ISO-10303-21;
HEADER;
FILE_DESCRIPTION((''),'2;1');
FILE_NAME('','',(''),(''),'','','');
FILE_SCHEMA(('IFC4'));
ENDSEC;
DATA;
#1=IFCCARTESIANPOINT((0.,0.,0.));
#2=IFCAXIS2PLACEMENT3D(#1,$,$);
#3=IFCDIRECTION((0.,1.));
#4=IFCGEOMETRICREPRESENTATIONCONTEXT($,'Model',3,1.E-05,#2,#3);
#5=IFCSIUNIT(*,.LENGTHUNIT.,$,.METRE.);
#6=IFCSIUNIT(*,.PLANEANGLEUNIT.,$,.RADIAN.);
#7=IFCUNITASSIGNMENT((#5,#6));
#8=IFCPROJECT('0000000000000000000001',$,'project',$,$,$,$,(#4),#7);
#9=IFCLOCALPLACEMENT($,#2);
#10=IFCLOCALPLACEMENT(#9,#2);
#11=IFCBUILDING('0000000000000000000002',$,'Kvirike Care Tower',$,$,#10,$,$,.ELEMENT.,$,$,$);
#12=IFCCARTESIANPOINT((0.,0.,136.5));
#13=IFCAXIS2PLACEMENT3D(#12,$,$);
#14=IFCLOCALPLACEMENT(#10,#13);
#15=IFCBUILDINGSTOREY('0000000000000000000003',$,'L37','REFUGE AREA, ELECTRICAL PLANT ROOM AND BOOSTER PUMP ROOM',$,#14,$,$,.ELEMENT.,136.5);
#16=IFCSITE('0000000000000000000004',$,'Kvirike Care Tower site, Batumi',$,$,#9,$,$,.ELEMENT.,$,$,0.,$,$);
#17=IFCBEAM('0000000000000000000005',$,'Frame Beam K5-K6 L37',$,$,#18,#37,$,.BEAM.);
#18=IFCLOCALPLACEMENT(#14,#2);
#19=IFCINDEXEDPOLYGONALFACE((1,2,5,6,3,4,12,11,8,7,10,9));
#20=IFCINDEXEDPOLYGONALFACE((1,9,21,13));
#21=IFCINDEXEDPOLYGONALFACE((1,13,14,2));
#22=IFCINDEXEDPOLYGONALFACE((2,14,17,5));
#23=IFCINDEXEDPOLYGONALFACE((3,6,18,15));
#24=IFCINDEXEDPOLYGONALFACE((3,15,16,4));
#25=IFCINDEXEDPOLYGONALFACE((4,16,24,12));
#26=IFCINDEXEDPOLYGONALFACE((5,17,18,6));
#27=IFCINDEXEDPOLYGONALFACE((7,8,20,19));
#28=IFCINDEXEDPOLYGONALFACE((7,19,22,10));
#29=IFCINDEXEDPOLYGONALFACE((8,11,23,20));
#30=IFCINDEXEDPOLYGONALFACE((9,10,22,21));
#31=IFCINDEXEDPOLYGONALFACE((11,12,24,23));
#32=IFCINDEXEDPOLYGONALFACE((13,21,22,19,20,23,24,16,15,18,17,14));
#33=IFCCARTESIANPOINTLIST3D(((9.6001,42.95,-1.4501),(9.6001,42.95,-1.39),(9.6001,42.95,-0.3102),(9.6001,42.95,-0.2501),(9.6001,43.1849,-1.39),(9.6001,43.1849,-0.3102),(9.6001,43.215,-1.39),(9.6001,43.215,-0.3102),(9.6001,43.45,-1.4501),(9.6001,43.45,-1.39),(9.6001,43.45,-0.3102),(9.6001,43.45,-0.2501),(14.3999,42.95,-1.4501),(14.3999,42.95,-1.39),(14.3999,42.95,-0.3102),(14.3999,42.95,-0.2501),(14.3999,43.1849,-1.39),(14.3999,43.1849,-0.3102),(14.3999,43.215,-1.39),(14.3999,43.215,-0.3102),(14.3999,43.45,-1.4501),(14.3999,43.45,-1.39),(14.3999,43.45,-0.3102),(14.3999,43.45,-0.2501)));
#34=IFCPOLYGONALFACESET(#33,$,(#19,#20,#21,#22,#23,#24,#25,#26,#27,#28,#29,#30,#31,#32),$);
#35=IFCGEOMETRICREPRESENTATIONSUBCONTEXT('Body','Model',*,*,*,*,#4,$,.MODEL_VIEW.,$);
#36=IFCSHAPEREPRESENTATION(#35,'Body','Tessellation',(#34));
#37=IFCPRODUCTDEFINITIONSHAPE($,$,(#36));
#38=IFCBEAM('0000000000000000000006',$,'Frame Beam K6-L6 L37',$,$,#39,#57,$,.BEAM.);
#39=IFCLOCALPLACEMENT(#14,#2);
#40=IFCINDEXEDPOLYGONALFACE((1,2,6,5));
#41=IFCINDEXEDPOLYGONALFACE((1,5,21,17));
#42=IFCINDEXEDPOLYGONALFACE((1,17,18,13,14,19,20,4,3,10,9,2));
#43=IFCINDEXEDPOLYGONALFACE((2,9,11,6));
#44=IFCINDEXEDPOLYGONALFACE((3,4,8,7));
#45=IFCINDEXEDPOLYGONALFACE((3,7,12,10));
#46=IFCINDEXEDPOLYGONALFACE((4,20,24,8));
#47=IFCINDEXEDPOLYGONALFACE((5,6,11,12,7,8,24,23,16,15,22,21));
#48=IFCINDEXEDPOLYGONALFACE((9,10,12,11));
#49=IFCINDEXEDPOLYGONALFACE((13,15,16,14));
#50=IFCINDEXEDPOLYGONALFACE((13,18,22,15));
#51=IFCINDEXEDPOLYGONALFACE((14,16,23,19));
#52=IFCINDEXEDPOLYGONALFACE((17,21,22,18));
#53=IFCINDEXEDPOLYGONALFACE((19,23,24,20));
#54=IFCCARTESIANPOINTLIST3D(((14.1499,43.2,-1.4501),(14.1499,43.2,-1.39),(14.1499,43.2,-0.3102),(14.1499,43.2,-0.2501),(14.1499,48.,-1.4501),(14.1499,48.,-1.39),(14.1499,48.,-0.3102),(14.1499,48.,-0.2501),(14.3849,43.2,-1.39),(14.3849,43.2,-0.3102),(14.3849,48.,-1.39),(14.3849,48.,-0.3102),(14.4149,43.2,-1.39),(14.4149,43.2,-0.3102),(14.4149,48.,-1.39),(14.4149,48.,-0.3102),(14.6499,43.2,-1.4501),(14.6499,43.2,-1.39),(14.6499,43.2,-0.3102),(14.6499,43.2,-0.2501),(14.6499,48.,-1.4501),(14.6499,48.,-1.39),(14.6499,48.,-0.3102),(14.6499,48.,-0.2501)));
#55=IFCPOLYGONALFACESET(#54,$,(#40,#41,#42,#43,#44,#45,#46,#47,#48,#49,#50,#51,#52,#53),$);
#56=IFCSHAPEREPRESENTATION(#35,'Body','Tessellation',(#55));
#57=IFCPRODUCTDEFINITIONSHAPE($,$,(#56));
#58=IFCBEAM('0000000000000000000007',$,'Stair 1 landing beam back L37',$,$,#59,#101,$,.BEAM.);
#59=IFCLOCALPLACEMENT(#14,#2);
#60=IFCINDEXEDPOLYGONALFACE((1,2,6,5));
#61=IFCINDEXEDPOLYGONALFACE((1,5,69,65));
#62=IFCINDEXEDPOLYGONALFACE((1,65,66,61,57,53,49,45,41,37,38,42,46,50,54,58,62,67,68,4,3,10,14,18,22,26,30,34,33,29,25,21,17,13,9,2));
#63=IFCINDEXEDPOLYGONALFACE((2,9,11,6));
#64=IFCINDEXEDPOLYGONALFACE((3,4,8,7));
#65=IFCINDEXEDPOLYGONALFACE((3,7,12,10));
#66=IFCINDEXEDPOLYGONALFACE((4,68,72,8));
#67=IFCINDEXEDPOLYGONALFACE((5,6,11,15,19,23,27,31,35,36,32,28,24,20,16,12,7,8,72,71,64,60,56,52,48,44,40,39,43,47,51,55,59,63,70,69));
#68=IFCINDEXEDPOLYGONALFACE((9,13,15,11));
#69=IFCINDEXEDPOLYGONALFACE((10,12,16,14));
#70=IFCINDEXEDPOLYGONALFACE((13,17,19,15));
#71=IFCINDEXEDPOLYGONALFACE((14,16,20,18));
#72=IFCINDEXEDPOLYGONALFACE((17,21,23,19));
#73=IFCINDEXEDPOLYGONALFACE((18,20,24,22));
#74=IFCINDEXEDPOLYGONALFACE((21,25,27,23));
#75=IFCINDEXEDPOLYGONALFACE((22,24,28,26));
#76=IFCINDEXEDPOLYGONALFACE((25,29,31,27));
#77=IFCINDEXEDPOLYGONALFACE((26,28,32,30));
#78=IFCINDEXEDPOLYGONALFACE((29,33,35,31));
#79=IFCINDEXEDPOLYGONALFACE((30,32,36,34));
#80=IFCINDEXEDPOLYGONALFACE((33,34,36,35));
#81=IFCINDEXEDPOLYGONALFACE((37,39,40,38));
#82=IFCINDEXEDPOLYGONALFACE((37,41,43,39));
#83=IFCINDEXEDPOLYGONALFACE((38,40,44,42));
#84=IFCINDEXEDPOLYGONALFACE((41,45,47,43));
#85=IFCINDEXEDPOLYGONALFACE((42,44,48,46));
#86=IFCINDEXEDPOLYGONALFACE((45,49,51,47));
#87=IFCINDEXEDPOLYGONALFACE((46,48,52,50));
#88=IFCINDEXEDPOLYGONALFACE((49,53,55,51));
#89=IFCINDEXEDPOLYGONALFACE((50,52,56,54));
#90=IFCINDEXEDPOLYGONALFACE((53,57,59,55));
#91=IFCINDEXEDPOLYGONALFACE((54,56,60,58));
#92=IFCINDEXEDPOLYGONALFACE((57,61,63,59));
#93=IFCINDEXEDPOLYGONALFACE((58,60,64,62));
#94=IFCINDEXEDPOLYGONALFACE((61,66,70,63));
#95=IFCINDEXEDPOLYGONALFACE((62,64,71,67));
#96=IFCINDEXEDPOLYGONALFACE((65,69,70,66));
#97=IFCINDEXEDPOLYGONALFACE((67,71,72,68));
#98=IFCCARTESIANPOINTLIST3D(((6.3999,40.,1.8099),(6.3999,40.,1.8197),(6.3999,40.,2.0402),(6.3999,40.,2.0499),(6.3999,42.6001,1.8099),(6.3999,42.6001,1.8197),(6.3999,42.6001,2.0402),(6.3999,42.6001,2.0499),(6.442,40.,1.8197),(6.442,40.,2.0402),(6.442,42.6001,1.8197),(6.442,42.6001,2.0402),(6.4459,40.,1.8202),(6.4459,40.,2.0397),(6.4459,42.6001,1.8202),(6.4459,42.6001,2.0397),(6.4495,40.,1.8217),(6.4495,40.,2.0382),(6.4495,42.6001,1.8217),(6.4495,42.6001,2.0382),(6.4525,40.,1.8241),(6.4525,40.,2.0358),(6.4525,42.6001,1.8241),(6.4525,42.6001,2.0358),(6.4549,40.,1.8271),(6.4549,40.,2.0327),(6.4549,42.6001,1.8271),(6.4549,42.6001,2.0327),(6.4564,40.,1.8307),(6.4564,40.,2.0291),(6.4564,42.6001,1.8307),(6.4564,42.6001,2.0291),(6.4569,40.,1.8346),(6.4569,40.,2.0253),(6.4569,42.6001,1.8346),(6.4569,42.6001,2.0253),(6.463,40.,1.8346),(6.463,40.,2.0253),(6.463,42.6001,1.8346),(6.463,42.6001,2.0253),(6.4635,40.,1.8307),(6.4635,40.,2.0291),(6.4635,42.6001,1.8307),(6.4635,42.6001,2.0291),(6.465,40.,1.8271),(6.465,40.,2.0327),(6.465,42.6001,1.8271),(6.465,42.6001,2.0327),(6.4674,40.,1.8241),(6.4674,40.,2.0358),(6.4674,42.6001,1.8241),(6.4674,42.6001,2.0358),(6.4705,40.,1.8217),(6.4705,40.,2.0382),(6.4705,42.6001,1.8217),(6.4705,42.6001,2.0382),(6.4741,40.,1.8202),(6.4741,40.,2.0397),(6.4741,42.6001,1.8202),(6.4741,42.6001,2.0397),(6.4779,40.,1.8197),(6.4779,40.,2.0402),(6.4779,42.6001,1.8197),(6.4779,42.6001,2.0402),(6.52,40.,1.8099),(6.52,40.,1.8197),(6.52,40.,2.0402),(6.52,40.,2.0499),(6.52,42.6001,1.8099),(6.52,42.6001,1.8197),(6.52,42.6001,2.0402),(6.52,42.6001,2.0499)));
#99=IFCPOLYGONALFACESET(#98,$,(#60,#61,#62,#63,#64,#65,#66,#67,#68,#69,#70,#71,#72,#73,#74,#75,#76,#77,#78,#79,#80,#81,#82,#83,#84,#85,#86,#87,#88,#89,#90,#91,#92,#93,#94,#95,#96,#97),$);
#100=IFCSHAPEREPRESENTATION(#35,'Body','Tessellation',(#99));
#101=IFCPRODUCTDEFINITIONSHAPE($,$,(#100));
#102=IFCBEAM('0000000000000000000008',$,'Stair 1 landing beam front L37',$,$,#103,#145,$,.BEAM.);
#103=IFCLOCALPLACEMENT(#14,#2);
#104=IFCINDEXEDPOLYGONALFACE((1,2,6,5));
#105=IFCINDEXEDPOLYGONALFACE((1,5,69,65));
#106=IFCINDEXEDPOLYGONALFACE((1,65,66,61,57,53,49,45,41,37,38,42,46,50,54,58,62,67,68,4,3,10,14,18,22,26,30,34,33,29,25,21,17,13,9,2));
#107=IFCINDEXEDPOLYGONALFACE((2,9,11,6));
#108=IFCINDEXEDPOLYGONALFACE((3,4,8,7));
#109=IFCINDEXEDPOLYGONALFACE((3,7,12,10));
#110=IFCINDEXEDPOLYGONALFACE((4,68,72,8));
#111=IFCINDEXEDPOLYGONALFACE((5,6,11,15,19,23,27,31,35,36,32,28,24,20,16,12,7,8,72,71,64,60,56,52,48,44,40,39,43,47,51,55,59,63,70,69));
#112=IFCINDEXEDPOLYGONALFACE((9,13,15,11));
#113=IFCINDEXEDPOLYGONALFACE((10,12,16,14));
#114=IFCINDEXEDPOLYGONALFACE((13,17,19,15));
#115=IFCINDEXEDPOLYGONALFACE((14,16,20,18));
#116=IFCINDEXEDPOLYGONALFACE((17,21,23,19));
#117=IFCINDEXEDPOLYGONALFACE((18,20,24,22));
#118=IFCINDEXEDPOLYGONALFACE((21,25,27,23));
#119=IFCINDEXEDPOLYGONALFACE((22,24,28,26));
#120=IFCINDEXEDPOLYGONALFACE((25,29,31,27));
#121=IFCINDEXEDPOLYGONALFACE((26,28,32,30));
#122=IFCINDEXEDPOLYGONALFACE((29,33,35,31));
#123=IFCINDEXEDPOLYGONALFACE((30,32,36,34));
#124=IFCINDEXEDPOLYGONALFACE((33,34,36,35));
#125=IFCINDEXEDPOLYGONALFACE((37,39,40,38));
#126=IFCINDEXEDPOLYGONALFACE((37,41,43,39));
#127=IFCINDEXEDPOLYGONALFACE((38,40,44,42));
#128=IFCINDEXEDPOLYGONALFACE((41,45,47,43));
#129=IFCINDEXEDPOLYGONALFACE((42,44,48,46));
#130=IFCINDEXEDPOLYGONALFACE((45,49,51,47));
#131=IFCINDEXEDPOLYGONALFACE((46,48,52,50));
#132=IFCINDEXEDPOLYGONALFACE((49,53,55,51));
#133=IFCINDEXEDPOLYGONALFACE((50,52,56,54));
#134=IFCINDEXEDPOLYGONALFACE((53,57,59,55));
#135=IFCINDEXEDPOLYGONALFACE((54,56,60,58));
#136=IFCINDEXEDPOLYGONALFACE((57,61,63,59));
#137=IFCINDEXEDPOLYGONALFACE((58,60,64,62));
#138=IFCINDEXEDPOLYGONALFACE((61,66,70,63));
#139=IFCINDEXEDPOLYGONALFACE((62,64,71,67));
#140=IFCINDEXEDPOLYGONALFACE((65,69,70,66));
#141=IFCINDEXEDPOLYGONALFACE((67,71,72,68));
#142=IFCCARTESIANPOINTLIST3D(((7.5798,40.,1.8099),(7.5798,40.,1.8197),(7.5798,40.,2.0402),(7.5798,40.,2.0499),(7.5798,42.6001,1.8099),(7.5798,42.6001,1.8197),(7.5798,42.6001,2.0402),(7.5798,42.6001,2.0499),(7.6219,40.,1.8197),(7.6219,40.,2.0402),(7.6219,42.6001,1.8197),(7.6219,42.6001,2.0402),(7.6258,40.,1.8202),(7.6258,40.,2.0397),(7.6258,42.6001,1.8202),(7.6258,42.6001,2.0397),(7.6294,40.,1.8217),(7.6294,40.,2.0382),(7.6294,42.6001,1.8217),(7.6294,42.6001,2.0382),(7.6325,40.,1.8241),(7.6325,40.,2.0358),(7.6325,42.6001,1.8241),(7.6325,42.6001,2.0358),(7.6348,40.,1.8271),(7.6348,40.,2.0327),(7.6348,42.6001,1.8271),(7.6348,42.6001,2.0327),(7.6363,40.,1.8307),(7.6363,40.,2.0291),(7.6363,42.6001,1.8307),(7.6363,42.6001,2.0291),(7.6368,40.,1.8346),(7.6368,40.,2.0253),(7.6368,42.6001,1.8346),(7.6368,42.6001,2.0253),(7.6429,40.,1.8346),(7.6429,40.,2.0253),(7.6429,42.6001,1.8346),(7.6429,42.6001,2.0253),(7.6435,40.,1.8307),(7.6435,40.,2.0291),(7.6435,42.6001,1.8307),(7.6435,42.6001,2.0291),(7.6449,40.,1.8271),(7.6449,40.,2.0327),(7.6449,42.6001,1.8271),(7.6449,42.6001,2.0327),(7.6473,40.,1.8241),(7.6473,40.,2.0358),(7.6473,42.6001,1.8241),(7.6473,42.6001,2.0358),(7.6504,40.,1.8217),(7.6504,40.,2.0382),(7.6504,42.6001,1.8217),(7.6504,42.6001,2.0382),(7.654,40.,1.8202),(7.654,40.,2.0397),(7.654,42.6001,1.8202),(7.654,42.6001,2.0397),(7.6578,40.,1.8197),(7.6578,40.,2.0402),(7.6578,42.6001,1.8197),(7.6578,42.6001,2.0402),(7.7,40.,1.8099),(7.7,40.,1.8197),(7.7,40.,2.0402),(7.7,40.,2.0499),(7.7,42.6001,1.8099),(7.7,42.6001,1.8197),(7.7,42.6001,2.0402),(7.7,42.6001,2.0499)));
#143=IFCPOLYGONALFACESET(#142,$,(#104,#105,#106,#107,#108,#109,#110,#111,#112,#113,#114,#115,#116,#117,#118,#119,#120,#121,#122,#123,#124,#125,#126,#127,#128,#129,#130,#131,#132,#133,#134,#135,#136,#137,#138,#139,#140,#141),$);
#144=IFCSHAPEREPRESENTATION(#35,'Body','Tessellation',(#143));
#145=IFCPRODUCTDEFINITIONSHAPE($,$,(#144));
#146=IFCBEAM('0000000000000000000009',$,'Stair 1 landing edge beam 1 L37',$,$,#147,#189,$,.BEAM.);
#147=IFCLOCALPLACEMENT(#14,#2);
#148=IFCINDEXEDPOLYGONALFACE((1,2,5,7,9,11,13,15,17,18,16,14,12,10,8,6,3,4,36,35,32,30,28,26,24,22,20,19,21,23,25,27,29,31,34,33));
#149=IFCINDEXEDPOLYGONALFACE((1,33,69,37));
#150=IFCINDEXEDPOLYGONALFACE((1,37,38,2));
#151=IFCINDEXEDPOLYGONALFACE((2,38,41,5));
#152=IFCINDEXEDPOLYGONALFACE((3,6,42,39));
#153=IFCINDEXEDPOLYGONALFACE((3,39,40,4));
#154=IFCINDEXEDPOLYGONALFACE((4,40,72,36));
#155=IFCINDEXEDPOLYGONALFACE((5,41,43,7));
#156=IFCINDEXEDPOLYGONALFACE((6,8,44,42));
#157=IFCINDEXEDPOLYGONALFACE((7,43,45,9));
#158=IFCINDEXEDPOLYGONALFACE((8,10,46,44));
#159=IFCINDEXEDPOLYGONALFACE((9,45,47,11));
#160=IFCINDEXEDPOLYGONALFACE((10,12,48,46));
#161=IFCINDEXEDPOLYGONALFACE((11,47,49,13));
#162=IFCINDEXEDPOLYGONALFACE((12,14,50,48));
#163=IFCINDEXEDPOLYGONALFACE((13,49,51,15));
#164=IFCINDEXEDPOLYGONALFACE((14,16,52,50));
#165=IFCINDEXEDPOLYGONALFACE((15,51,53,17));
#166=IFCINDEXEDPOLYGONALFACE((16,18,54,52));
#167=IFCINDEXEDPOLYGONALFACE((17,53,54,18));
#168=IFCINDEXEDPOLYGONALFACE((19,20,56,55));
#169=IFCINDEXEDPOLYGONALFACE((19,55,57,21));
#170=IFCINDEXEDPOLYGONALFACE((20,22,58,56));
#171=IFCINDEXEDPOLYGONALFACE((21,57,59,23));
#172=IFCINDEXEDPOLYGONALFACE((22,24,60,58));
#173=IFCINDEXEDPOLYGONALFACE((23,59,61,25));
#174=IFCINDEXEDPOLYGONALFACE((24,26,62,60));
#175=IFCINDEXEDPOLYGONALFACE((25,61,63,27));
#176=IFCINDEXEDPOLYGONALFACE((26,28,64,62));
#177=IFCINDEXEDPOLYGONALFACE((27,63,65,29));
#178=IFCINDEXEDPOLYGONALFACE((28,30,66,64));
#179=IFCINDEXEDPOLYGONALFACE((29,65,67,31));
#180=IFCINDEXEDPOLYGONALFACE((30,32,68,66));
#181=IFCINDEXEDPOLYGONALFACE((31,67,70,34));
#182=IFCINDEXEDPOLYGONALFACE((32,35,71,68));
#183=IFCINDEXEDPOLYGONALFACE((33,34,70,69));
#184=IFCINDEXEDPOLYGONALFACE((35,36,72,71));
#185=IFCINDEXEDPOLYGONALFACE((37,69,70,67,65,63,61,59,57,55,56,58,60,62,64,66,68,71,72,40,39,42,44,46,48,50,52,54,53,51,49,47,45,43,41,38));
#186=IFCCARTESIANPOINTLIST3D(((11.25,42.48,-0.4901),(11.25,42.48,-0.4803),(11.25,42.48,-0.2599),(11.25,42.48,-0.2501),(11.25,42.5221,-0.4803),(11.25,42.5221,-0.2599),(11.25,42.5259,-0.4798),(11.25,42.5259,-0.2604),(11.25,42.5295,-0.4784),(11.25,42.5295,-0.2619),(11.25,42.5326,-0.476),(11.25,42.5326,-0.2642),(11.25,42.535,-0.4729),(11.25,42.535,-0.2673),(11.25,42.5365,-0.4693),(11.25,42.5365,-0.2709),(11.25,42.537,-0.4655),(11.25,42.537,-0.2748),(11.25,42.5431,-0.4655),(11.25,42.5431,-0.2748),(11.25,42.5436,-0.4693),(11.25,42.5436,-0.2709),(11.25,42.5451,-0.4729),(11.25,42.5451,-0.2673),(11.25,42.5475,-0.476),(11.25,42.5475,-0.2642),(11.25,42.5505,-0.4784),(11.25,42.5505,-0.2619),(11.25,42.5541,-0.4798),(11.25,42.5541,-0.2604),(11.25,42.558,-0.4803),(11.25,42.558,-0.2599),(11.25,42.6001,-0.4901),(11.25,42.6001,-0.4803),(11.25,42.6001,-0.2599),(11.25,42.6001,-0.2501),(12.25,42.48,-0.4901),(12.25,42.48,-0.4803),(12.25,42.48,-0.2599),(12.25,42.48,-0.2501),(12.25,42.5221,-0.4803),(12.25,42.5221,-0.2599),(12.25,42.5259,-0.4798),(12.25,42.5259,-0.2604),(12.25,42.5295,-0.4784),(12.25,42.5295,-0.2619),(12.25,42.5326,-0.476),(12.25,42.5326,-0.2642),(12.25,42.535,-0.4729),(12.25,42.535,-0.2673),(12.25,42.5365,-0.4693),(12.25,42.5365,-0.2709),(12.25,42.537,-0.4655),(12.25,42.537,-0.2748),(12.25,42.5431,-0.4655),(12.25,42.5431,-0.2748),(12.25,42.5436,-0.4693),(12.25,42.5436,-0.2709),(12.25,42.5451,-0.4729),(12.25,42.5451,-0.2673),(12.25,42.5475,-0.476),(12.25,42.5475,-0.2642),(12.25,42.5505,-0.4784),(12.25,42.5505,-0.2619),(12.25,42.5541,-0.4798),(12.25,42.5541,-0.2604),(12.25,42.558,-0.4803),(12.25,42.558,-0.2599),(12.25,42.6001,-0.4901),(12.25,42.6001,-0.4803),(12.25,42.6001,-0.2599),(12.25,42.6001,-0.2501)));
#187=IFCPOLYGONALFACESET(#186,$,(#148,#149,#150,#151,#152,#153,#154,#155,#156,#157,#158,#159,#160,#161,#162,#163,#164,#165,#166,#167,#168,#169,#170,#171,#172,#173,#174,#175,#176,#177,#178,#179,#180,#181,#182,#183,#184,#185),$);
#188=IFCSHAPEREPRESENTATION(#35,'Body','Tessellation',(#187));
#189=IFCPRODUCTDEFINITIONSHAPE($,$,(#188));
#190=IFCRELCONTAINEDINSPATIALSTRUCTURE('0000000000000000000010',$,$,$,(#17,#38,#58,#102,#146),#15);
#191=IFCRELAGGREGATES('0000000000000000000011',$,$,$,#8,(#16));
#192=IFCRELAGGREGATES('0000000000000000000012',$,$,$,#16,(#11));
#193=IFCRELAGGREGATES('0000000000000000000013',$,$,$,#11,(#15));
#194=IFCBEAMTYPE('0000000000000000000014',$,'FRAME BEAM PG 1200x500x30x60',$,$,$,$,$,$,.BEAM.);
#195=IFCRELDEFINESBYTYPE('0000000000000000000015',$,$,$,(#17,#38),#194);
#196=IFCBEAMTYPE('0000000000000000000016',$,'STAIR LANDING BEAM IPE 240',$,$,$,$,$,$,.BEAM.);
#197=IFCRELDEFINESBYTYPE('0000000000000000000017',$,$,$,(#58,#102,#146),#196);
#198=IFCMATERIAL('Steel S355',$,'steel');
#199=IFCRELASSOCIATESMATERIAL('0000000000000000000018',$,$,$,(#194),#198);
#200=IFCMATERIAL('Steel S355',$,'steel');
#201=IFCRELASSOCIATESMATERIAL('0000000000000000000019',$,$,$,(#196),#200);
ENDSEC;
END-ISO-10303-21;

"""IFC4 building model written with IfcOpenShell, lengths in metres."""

from ifc_helpers import new_model, si_unit, direction, frame, origin, origin_2d, place, context, subcontext, project, spatial, i_section, extrude, material, material_profile, profile_set, type_object, element, save


model = new_model("IFC4")

# Units and contexts
model_context = context("Model", 3, precision=1e-05, world=origin(), true_north=direction((0.0, 1.0)))
body_context = subcontext(model_context, "Body", "Model", "MODEL_VIEW")
ifc_project = project(units=[si_unit("LENGTHUNIT", "METRE"), si_unit("PLANEANGLEUNIT", "RADIAN")], contexts=[model_context])

# Site, building, storey
site_placement = place(None, origin())
site = spatial("IfcSite", under=ifc_project, at=site_placement, Name="Kvirike Care Tower site, Batumi", CompositionType="ELEMENT", RefElevation=0.0)
building_placement = place(site_placement, origin())
building = spatial("IfcBuilding", under=site, at=building_placement, Name="Kvirike Care Tower", CompositionType="ELEMENT")
storey_placement = place(building_placement, frame((0.0, 0.0, 136.5)))
storey = spatial("IfcBuildingStorey", under=building, at=storey_placement, Name="L37", Description="REFUGE AREA, ELECTRICAL PLANT ROOM AND BOOSTER PUMP ROOM", CompositionType="ELEMENT", Elevation=136.5)

# Beams
ifc_material_1 = material(Name="Steel S355", Category="steel")
ifc_material_profile_1 = material_profile(ifc_material_1, i_section(OverallWidth=0.5, OverallDepth=1.2, WebThickness=0.03, FlangeThickness=0.0601, at=origin_2d()), Name="PG 1200x500x30x60")
ifc_profile_set_1 = profile_set([ifc_material_profile_1], Name="Steel S355")
beam_type_1 = type_object("IfcBeamType", Name="FRAME BEAM PG 1200x500x30x60", PredefinedType="BEAM", material=ifc_profile_set_1)
beam_1_placement = place(storey_placement, frame((9.6001, 43.2, -0.8501), z_axis=(1.0, 0.0, 0.0), x_axis=(0.0, 1.0, 0.0)))
element("IfcBeam", 1, at=beam_1_placement, inside=storey, type_object=beam_type_1, Name="Frame Beam K5-K6 L37", PredefinedType="BEAM", context=body_context, shape_type="SweptSolid", body=[
    extrude(i_section(OverallWidth=0.5, OverallDepth=1.2, WebThickness=0.03, FlangeThickness=0.0601, at=origin_2d()), origin(), (0.0, 0.0, 1.0), 4.7998),
])
beam_2_placement = place(storey_placement, frame((14.3999, 43.2, -0.8501), z_axis=(0.0, 1.0, 0.0), x_axis=(-1.0, 0.0, 0.0)))
element("IfcBeam", 2, at=beam_2_placement, inside=storey, type_object=beam_type_1, Name="Frame Beam K6-L6 L37", PredefinedType="BEAM", context=body_context, shape_type="SweptSolid", body=[
    extrude(i_section(OverallWidth=0.5, OverallDepth=1.2, WebThickness=0.03, FlangeThickness=0.0601, at=origin_2d()), origin(), (0.0, 0.0, 1.0), 4.8),
])
ifc_material_2 = material(Name="Steel S355", Category="steel")
ifc_material_profile_2 = material_profile(ifc_material_2, i_section(OverallWidth=0.1201, OverallDepth=0.24, WebThickness=0.0061, FlangeThickness=0.0098, FilletRadius=0.0149, at=origin_2d()), Name="IPE 240")
ifc_profile_set_2 = profile_set([ifc_material_profile_2], Name="Steel S355")
beam_type_2 = type_object("IfcBeamType", Name="STAIR LANDING BEAM IPE 240", PredefinedType="BEAM", material=ifc_profile_set_2)
for number, where, z_axis, x_axis, name in (
    (3, (6.46, 42.6001, 1.9299), (0.0, -1.0, 0.0), (1.0, 0.0, 0.0), "Stair 1 landing beam back L37"),
    (4, (7.6399, 42.6001, 1.9299), (0.0, -1.0, 0.0), (1.0, 0.0, 0.0), "Stair 1 landing beam front L37"),
):
    element("IfcBeam", number, at=place(storey_placement, frame(where, z_axis=z_axis, x_axis=x_axis)), inside=storey, type_object=beam_type_2, Name=name, PredefinedType="BEAM", context=body_context, shape_type="SweptSolid", body=[
        extrude(i_section(OverallWidth=0.1201, OverallDepth=0.24, WebThickness=0.0061, FlangeThickness=0.0098, FilletRadius=0.0149, at=origin_2d()), origin(), (0.0, 0.0, 1.0), 2.6001),
    ])
for number, where, z_axis, x_axis, name in (
    (5, (11.25, 42.54, -0.3701), (1.0, 0.0, 0.0), (0.0, 1.0, 0.0), "Stair 1 landing edge beam 1 L37"),
):
    element("IfcBeam", number, at=place(storey_placement, frame(where, z_axis=z_axis, x_axis=x_axis)), inside=storey, type_object=beam_type_2, Name=name, PredefinedType="BEAM", context=body_context, shape_type="SweptSolid", body=[
        extrude(i_section(OverallWidth=0.1201, OverallDepth=0.24, WebThickness=0.0061, FlangeThickness=0.0098, FilletRadius=0.0149, at=origin_2d()), origin(), (0.0, 0.0, 1.0), 1.0),
    ])

save(model, "model.ifc")
